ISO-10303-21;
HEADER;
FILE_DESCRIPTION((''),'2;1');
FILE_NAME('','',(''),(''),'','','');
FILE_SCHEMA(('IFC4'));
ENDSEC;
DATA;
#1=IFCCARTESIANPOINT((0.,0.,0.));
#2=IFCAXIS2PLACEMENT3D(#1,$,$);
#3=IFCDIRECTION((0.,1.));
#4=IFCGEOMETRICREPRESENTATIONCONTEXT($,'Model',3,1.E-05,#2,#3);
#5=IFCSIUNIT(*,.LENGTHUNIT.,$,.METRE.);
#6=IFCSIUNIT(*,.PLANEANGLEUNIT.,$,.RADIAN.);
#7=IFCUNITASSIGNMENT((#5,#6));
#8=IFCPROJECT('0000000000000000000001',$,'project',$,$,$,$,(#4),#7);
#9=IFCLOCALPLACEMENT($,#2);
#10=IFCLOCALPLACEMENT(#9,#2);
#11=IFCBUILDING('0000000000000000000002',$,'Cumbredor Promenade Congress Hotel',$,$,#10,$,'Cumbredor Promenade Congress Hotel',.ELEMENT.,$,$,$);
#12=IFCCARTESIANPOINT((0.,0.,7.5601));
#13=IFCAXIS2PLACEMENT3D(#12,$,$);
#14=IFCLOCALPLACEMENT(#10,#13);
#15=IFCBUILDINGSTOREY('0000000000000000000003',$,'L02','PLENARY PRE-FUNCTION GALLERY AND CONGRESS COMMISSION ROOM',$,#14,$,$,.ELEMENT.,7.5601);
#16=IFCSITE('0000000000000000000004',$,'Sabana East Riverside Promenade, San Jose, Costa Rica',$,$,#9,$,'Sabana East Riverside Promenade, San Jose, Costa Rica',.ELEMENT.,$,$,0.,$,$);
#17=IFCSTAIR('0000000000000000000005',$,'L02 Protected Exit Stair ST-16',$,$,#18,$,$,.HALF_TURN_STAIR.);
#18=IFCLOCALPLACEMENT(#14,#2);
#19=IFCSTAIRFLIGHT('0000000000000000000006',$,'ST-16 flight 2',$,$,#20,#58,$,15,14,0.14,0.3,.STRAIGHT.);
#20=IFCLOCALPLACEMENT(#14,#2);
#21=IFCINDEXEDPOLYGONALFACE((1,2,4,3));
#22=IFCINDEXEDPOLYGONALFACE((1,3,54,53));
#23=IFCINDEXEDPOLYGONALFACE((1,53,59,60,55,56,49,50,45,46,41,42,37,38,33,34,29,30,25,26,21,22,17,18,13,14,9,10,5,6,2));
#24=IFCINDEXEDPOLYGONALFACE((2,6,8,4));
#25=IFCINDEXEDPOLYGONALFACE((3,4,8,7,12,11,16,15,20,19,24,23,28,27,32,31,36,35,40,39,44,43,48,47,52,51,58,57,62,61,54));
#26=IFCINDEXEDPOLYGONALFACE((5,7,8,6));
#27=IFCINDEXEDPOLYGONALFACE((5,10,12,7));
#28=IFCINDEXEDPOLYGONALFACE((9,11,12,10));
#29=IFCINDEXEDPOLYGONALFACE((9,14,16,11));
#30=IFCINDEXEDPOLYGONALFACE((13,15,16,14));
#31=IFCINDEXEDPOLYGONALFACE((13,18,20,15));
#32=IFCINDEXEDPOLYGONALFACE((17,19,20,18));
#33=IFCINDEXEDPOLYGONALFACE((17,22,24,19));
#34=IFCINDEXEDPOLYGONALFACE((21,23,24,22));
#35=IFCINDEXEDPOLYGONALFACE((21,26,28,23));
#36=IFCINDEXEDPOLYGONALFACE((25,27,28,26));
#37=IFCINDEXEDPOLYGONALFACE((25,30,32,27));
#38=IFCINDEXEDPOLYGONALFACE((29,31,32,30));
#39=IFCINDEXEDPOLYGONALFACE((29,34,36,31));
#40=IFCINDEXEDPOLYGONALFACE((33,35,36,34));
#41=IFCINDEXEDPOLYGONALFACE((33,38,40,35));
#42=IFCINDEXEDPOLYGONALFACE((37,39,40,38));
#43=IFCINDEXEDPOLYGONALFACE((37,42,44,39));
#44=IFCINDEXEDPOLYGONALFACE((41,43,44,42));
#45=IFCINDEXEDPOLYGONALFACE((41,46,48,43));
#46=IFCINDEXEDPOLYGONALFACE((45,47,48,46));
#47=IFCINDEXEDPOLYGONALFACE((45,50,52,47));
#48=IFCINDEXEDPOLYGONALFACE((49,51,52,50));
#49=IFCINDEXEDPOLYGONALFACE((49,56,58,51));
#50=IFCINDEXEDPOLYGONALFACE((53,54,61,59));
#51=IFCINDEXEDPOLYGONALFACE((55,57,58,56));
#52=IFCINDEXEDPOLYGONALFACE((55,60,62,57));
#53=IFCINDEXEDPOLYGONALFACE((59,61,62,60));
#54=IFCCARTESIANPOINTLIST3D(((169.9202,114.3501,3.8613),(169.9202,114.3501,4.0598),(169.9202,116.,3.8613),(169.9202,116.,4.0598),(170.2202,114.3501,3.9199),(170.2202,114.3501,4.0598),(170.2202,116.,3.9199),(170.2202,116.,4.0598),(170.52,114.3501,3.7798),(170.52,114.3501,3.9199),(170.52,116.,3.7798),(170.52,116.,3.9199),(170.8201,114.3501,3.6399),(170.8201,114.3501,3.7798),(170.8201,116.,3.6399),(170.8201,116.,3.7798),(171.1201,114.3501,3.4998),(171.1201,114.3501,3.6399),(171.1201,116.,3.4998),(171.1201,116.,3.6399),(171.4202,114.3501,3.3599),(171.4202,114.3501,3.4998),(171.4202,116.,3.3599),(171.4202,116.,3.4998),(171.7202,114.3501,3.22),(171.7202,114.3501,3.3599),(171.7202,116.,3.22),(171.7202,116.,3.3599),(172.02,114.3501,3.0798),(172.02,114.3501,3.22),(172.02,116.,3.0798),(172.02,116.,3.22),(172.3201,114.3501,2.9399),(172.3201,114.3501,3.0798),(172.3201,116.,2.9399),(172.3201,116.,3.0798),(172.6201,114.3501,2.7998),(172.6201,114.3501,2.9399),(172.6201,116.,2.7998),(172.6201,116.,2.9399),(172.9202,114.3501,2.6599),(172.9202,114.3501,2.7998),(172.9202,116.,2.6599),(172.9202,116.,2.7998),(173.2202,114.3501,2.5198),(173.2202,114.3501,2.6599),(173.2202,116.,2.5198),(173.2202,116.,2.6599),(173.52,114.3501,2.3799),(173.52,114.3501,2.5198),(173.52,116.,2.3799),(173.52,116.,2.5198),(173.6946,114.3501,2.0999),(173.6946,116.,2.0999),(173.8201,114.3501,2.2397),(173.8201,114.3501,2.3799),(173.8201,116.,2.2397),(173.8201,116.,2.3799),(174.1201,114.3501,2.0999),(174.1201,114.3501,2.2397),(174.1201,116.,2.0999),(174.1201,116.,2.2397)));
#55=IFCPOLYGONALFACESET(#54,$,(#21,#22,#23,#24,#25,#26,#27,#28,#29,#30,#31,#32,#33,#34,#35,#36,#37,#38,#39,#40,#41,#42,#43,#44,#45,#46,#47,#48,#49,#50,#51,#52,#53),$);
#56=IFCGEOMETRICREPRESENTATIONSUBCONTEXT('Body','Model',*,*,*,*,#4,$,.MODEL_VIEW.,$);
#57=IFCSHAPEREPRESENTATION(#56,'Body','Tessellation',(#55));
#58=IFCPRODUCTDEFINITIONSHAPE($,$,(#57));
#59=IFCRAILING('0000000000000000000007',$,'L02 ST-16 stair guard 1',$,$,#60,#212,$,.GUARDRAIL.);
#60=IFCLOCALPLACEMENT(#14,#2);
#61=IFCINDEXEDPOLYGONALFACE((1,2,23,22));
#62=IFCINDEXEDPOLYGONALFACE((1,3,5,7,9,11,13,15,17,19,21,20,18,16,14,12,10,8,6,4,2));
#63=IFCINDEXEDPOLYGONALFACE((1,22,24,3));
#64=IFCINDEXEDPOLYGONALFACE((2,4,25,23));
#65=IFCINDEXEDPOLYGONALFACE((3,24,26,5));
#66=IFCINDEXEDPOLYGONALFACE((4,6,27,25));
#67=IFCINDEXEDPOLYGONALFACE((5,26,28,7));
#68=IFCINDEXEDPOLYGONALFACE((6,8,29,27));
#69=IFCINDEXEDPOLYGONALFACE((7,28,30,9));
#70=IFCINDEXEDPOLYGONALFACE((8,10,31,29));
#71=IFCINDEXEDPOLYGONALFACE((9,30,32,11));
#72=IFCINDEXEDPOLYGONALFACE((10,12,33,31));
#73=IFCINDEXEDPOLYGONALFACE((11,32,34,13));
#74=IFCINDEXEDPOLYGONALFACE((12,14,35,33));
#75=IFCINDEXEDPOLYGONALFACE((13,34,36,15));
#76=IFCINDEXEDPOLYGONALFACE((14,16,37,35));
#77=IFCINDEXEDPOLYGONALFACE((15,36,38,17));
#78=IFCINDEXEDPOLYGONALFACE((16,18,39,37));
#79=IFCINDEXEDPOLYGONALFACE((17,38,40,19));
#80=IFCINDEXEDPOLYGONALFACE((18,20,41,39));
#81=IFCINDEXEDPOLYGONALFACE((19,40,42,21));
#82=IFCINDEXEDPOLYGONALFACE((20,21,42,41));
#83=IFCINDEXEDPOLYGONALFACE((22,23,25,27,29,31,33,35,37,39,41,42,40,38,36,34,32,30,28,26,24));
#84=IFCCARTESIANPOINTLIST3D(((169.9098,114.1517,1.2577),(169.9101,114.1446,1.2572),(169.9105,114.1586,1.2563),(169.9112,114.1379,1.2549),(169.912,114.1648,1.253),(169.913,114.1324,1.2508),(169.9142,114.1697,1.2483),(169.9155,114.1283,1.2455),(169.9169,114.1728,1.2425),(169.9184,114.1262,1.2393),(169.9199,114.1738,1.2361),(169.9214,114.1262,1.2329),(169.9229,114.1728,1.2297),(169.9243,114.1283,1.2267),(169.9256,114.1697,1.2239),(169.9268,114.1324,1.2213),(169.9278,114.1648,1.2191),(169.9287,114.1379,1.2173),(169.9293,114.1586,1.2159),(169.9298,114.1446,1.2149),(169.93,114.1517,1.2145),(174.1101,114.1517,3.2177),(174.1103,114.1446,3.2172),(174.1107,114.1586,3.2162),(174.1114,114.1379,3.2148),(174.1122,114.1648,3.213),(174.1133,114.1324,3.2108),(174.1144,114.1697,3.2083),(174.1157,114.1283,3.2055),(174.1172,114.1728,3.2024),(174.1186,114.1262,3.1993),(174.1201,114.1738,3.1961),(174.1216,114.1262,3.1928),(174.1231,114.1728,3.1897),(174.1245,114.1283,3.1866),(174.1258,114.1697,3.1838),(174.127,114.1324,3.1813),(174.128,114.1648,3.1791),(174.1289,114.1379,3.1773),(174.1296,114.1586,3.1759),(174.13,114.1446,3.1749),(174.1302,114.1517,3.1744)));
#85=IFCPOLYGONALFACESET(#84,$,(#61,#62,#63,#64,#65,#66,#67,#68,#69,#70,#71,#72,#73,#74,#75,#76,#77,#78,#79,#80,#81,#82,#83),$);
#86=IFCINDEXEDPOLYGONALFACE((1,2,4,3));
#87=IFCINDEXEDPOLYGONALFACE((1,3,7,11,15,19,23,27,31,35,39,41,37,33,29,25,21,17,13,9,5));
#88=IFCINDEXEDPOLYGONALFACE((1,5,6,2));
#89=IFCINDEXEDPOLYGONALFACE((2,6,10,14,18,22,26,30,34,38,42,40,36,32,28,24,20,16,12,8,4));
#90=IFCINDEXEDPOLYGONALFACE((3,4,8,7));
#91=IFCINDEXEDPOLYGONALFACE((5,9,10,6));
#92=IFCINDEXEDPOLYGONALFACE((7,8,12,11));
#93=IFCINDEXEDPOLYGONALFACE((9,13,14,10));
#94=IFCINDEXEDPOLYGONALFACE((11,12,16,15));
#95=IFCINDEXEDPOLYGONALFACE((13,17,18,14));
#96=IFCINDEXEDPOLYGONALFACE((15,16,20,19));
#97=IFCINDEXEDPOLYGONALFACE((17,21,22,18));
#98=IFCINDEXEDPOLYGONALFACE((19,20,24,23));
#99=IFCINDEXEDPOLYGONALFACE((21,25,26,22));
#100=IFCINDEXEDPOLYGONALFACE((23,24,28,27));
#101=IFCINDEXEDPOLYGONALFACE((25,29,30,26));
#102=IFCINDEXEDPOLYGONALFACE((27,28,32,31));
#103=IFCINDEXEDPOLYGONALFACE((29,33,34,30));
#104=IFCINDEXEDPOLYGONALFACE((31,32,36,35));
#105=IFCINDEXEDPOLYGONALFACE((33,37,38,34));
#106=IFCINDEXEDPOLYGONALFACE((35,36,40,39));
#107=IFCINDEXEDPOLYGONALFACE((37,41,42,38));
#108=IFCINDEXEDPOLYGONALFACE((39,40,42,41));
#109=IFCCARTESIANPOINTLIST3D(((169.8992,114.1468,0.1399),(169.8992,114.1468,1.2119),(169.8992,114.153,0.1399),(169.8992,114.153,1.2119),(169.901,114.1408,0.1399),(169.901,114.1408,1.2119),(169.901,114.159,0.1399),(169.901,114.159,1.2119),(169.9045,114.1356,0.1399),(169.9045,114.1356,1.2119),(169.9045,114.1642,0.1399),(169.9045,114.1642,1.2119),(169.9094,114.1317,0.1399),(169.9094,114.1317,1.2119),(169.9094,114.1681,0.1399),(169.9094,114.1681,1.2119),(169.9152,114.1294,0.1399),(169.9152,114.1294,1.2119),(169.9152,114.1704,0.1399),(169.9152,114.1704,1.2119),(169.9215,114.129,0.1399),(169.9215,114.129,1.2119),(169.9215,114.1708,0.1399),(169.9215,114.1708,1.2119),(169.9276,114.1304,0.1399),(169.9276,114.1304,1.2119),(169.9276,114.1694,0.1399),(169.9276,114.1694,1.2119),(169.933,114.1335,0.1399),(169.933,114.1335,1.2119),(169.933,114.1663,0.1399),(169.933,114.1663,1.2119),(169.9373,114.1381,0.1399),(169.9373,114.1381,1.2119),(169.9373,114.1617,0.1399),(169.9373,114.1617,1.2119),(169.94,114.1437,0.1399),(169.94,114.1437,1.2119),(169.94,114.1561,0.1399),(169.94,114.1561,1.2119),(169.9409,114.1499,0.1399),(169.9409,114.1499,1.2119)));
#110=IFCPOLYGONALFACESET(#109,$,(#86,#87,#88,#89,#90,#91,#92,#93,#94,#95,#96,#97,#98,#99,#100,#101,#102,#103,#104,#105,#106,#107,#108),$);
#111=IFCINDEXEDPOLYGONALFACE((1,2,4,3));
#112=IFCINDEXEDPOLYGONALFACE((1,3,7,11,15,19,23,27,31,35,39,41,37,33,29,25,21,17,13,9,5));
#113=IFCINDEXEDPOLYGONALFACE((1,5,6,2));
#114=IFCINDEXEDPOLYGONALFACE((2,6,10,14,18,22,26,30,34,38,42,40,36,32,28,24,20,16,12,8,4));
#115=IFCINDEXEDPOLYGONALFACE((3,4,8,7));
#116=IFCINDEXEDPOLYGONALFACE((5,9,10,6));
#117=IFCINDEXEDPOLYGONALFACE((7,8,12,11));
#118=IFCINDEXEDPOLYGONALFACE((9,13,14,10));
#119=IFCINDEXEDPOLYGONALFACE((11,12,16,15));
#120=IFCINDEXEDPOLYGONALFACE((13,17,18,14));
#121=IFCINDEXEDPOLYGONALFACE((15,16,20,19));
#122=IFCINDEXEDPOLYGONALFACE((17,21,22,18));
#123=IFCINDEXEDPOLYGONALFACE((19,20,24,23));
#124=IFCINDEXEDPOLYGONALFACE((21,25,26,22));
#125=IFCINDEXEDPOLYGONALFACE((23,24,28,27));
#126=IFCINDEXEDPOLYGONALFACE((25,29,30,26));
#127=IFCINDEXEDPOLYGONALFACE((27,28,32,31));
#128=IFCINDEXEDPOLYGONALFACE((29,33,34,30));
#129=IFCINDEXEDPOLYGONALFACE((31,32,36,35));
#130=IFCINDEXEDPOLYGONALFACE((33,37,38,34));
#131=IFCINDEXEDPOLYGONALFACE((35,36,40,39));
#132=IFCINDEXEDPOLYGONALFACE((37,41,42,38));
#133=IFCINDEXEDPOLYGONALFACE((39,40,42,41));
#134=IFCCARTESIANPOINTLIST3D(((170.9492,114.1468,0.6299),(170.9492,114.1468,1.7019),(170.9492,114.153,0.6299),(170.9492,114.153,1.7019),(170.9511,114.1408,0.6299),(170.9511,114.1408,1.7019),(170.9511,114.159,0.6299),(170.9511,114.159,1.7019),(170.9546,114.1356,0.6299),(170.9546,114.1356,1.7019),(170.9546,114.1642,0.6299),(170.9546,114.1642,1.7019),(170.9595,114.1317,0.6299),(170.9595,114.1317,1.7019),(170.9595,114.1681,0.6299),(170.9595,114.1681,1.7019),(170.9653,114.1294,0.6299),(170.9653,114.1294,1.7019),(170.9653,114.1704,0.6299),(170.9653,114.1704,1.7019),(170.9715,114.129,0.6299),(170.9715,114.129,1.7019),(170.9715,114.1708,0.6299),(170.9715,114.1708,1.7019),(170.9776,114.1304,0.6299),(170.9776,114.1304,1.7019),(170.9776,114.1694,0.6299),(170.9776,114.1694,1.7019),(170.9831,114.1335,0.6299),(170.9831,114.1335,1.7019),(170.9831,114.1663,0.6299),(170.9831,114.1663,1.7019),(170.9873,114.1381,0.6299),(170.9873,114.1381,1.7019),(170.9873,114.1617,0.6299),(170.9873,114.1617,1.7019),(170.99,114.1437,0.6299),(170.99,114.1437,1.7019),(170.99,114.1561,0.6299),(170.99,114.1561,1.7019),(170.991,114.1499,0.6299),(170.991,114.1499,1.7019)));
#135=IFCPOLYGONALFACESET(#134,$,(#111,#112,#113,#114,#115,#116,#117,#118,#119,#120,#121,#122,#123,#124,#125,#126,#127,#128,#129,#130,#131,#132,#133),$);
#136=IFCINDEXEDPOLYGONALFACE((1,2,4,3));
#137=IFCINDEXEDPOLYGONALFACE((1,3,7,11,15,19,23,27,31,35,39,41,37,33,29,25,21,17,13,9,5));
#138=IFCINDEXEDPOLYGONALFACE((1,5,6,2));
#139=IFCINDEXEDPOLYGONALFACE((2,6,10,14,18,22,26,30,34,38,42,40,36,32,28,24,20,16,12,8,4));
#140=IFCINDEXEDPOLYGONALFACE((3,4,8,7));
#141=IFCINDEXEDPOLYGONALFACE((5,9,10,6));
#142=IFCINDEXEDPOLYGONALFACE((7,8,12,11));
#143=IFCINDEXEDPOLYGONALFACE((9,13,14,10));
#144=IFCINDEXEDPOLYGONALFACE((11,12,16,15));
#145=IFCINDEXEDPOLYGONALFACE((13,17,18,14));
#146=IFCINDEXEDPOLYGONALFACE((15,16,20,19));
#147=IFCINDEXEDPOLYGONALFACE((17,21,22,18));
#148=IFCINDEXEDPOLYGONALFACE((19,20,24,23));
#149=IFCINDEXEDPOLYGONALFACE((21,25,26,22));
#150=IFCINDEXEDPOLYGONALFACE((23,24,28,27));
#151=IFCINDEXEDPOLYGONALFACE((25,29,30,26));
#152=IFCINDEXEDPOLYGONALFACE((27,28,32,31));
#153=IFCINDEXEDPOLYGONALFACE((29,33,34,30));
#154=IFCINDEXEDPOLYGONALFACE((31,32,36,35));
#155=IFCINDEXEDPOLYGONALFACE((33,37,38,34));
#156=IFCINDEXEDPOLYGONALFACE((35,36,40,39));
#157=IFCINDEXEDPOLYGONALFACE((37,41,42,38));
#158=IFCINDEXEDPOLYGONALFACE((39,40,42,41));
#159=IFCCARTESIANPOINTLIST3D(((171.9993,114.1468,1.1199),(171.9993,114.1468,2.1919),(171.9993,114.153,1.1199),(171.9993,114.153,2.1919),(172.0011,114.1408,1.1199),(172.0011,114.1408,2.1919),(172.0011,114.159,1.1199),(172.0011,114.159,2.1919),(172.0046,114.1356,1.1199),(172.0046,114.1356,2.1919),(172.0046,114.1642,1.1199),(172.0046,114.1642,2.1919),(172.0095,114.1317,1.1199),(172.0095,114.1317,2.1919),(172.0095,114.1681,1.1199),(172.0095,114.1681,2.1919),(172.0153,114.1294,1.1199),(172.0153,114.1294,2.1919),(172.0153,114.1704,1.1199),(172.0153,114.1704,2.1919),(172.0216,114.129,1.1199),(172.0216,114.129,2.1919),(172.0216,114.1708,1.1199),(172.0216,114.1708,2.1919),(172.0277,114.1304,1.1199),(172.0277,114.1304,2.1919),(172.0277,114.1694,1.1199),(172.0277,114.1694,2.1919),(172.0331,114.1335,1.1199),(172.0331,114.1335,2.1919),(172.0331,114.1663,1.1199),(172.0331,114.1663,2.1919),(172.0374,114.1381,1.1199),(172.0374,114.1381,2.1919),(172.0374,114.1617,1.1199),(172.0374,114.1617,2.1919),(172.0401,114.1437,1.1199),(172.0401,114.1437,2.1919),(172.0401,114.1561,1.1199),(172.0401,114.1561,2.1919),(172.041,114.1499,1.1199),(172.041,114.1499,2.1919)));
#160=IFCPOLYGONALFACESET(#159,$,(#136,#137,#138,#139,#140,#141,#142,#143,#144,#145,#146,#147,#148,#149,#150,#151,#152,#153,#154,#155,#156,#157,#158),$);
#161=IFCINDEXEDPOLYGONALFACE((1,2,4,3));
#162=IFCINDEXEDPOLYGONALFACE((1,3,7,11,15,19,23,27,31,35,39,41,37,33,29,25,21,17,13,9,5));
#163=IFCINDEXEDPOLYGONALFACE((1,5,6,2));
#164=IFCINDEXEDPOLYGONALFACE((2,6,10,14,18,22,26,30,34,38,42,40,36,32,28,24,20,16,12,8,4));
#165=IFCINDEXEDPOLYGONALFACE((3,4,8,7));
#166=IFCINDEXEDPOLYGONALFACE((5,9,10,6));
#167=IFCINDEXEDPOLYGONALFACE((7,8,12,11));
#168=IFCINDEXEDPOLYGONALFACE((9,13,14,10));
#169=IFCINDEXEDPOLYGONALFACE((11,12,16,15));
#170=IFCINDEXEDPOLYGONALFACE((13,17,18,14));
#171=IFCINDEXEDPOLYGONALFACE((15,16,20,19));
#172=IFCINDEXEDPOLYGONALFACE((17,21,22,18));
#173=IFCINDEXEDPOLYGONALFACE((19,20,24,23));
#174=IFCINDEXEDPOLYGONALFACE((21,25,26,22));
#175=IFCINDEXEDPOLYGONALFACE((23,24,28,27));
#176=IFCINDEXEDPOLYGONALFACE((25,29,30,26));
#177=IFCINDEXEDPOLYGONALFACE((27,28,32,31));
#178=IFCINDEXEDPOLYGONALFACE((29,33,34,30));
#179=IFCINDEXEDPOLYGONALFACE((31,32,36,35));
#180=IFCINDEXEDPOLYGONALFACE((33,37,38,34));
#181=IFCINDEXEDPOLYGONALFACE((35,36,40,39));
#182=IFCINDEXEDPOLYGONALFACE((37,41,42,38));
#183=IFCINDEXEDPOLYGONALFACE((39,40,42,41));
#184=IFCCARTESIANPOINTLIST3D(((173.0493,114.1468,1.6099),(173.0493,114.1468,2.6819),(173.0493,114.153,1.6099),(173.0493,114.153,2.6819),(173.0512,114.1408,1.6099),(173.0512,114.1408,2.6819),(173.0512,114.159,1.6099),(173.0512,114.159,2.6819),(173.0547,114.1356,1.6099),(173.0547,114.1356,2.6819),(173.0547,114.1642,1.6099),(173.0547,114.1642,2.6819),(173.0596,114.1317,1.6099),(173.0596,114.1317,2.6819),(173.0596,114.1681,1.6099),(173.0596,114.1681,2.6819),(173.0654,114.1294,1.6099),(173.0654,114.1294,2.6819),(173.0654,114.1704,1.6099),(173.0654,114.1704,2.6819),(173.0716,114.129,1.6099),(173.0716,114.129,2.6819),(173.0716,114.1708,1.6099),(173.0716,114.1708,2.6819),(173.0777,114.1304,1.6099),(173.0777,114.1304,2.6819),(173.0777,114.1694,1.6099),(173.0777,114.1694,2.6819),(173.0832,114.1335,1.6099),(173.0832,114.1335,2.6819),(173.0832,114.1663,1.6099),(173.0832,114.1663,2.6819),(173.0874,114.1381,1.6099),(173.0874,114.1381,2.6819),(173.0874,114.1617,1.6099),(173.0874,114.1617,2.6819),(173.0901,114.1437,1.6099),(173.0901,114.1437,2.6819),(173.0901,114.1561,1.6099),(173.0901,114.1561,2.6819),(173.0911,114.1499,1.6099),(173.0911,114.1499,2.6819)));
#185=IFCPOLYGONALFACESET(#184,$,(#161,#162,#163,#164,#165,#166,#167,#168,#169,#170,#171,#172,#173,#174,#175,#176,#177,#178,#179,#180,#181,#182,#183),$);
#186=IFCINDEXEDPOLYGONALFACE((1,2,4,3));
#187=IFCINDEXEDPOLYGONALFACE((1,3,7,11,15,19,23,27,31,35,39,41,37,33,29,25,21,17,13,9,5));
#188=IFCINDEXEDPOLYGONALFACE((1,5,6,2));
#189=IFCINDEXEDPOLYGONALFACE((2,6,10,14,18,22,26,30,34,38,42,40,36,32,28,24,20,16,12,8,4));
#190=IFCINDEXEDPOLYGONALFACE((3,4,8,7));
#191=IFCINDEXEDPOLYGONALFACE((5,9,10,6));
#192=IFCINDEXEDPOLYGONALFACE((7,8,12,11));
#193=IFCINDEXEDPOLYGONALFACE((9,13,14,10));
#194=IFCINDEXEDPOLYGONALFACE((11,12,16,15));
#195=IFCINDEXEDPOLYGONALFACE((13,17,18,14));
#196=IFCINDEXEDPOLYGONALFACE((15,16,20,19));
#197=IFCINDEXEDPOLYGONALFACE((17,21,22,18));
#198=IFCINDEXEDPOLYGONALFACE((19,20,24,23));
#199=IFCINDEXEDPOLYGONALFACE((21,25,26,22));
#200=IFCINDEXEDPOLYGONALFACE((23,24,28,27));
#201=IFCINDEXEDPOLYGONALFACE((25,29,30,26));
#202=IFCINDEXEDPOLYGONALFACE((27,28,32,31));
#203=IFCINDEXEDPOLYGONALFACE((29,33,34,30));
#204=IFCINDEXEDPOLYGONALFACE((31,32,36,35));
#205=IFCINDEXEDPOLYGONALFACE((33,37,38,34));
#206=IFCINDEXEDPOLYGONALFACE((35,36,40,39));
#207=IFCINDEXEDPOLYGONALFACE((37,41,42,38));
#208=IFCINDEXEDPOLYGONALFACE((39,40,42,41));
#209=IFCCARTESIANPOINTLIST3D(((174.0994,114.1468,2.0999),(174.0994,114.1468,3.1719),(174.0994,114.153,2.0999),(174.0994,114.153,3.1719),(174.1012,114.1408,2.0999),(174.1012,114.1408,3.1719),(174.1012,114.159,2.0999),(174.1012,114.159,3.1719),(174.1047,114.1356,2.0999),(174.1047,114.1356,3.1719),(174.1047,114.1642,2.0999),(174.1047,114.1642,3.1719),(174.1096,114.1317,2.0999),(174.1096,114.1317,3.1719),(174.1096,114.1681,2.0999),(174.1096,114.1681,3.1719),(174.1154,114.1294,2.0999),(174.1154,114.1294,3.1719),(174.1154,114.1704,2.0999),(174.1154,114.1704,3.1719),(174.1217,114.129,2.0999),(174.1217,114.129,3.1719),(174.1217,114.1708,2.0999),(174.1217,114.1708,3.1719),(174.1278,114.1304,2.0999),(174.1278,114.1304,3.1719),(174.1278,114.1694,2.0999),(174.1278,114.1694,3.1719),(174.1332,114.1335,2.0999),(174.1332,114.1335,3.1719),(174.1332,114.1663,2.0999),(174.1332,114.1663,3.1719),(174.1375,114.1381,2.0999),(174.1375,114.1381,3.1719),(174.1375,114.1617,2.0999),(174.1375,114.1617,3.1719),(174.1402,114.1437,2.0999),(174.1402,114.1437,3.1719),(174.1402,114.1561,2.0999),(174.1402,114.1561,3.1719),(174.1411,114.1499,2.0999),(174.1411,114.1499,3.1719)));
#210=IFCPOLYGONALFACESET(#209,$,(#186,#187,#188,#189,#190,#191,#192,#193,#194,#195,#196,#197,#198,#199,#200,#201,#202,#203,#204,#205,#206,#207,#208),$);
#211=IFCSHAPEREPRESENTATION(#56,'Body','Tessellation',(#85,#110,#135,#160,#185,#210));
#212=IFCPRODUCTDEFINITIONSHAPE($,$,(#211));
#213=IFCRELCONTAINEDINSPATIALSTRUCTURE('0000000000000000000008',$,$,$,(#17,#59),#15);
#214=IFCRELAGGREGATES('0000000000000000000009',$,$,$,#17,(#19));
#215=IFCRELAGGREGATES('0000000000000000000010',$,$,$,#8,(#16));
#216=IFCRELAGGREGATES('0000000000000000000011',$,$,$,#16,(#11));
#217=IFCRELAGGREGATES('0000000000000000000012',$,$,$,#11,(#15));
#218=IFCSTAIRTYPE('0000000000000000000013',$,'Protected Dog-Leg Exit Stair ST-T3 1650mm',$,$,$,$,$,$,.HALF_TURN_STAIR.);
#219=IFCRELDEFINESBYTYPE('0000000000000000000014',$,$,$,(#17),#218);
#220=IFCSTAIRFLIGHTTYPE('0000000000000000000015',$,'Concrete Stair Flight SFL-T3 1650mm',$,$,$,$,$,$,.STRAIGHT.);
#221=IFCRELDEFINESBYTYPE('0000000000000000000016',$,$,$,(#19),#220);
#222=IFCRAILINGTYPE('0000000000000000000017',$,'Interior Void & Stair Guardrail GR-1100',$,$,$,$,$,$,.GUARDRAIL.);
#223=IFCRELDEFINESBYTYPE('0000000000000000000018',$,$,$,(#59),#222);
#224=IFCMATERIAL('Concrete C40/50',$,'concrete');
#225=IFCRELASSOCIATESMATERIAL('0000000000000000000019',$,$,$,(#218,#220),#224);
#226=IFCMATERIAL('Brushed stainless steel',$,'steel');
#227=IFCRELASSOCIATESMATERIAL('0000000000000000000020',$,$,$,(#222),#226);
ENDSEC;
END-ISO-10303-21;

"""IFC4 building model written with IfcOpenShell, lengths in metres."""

from ifc_helpers import new_model, si_unit, direction, frame, origin, origin_2d, place, context, subcontext, project, spatial, polyline, circle, outline, extrude, material, type_object, element, aggregate, save


model = new_model("IFC4")

# Units and contexts
model_context = context("Model", 3, precision=1e-05, world=origin(), true_north=direction((0.0, 1.0)))
body_context = subcontext(model_context, "Body", "Model", "MODEL_VIEW")
ifc_project = project(units=[si_unit("LENGTHUNIT", "METRE"), si_unit("PLANEANGLEUNIT", "RADIAN")], contexts=[model_context])

# Site, building, storey
site_placement = place(None, origin())
site = spatial("IfcSite", under=ifc_project, at=site_placement, Name="Sabana East Riverside Promenade, San Jose, Costa Rica", LongName="Sabana East Riverside Promenade, San Jose, Costa Rica", CompositionType="ELEMENT", RefElevation=0.0)
building_placement = place(site_placement, origin())
building = spatial("IfcBuilding", under=site, at=building_placement, Name="Cumbredor Promenade Congress Hotel", LongName="Cumbredor Promenade Congress Hotel", CompositionType="ELEMENT")
storey_placement = place(building_placement, frame((0.0, 0.0, 7.5601)))
storey = spatial("IfcBuildingStorey", under=building, at=storey_placement, Name="L02", Description="PLENARY PRE-FUNCTION GALLERY AND CONGRESS COMMISSION ROOM", CompositionType="ELEMENT", Elevation=7.5601)

# Shared definitions
ifc_material_1 = material(Name="Concrete C40/50", Category="concrete")

# Stair, stair flight
stair_type = type_object("IfcStairType", Name="Protected Dog-Leg Exit Stair ST-T3 1650mm", PredefinedType="HALF_TURN_STAIR", material=ifc_material_1)
stair_placement = place(storey_placement, origin())
stair = element("IfcStair", 1, at=stair_placement, inside=storey, type_object=stair_type, Name="L02 Protected Exit Stair ST-16", PredefinedType="HALF_TURN_STAIR")
stair_flight_type = type_object("IfcStairFlightType", Name="Concrete Stair Flight SFL-T3 1650mm", PredefinedType="STRAIGHT", material=ifc_material_1)
stair_flight_1_placement = place(storey_placement, frame((174.1201, 115.175, 2.0999), z_axis=(0.0, 0.0, 1.0), x_axis=(-1.0, 0.0, 0.0)))
stair_flight_1 = element("IfcStairFlight", 2, at=stair_flight_1_placement, type_object=stair_flight_type, Name="ST-16 flight 2", NumberOfRisers=15, NumberOfTreads=14, PredefinedType="STRAIGHT", RiserHeight=0.14, TreadLength=0.3, context=body_context, shape_type="SweptSolid", body=[
    extrude(outline(polyline([(0.0, 0.0), (0.0, 0.1399), (0.3, 0.1399), (0.3, 0.28), (0.6001, 0.28), (0.6001, 0.4199), (0.8999, 0.4199), (0.8999, 0.5601), (1.2, 0.5601), (1.2, 0.7), (1.5, 0.7), (1.5, 0.8401), (1.8, 0.8401), (1.8, 0.98), (2.1001, 0.98), (2.1001, 1.1201), (2.3999, 1.1201), (2.3999, 1.26), (2.7, 1.26), (2.7, 1.3999), (3.0, 1.3999), (3.0, 1.54), (3.3, 1.54), (3.3, 1.6799), (3.6001, 1.6799), (3.6001, 1.8201), (3.8999, 1.8201), (3.8999, 1.96), (4.2, 1.96), (4.2, 2.1001), (4.2, 1.7615), (0.4255, 0.0), (0.0, 0.0)])), frame((0.0, 0.825, 0.0), z_axis=(0.0, -1.0, 0.0), x_axis=(1.0, 0.0, 0.0)), (0.0, 0.0, 1.0), 1.6499),
])
aggregate(stair, [stair_flight_1])

# Railing
ifc_material_2 = material(Name="Brushed stainless steel", Category="steel")
railing_type_1 = type_object("IfcRailingType", Name="Interior Void & Stair Guardrail GR-1100", PredefinedType="GUARDRAIL", material=ifc_material_2)
railing_1_placement = place(storey_placement, frame((169.9199, 114.1499, 0.1399)))
element("IfcRailing", 3, at=railing_1_placement, inside=storey, type_object=railing_type_1, Name="L02 ST-16 stair guard 1", PredefinedType="GUARDRAIL", context=body_context, shape_type="SweptSolid", body=[
    extrude(circle(Radius=0.0239, at=origin_2d()), frame((0.0, 0.0, 1.0962), z_axis=(0.906194, 0.0, 0.422862), x_axis=(0.0, 1.0, 0.0)), (0.0, 0.0, 1.0), 4.635),
    extrude(circle(Radius=0.021, at=origin_2d()), origin(), (0.0, 0.0, 1.0), 1.072),
    extrude(circle(Radius=0.021, at=origin_2d()), frame((1.05, 0.0, 0.49)), (0.0, 0.0, 1.0), 1.072),
    extrude(circle(Radius=0.021, at=origin_2d()), frame((2.1001, 0.0, 0.98)), (0.0, 0.0, 1.0), 1.072),
    extrude(circle(Radius=0.021, at=origin_2d()), frame((3.1501, 0.0, 1.47)), (0.0, 0.0, 1.0), 1.072),
    extrude(circle(Radius=0.021, at=origin_2d()), frame((4.2002, 0.0, 1.96)), (0.0, 0.0, 1.0), 1.072),
])

save(model, "model.ifc")
